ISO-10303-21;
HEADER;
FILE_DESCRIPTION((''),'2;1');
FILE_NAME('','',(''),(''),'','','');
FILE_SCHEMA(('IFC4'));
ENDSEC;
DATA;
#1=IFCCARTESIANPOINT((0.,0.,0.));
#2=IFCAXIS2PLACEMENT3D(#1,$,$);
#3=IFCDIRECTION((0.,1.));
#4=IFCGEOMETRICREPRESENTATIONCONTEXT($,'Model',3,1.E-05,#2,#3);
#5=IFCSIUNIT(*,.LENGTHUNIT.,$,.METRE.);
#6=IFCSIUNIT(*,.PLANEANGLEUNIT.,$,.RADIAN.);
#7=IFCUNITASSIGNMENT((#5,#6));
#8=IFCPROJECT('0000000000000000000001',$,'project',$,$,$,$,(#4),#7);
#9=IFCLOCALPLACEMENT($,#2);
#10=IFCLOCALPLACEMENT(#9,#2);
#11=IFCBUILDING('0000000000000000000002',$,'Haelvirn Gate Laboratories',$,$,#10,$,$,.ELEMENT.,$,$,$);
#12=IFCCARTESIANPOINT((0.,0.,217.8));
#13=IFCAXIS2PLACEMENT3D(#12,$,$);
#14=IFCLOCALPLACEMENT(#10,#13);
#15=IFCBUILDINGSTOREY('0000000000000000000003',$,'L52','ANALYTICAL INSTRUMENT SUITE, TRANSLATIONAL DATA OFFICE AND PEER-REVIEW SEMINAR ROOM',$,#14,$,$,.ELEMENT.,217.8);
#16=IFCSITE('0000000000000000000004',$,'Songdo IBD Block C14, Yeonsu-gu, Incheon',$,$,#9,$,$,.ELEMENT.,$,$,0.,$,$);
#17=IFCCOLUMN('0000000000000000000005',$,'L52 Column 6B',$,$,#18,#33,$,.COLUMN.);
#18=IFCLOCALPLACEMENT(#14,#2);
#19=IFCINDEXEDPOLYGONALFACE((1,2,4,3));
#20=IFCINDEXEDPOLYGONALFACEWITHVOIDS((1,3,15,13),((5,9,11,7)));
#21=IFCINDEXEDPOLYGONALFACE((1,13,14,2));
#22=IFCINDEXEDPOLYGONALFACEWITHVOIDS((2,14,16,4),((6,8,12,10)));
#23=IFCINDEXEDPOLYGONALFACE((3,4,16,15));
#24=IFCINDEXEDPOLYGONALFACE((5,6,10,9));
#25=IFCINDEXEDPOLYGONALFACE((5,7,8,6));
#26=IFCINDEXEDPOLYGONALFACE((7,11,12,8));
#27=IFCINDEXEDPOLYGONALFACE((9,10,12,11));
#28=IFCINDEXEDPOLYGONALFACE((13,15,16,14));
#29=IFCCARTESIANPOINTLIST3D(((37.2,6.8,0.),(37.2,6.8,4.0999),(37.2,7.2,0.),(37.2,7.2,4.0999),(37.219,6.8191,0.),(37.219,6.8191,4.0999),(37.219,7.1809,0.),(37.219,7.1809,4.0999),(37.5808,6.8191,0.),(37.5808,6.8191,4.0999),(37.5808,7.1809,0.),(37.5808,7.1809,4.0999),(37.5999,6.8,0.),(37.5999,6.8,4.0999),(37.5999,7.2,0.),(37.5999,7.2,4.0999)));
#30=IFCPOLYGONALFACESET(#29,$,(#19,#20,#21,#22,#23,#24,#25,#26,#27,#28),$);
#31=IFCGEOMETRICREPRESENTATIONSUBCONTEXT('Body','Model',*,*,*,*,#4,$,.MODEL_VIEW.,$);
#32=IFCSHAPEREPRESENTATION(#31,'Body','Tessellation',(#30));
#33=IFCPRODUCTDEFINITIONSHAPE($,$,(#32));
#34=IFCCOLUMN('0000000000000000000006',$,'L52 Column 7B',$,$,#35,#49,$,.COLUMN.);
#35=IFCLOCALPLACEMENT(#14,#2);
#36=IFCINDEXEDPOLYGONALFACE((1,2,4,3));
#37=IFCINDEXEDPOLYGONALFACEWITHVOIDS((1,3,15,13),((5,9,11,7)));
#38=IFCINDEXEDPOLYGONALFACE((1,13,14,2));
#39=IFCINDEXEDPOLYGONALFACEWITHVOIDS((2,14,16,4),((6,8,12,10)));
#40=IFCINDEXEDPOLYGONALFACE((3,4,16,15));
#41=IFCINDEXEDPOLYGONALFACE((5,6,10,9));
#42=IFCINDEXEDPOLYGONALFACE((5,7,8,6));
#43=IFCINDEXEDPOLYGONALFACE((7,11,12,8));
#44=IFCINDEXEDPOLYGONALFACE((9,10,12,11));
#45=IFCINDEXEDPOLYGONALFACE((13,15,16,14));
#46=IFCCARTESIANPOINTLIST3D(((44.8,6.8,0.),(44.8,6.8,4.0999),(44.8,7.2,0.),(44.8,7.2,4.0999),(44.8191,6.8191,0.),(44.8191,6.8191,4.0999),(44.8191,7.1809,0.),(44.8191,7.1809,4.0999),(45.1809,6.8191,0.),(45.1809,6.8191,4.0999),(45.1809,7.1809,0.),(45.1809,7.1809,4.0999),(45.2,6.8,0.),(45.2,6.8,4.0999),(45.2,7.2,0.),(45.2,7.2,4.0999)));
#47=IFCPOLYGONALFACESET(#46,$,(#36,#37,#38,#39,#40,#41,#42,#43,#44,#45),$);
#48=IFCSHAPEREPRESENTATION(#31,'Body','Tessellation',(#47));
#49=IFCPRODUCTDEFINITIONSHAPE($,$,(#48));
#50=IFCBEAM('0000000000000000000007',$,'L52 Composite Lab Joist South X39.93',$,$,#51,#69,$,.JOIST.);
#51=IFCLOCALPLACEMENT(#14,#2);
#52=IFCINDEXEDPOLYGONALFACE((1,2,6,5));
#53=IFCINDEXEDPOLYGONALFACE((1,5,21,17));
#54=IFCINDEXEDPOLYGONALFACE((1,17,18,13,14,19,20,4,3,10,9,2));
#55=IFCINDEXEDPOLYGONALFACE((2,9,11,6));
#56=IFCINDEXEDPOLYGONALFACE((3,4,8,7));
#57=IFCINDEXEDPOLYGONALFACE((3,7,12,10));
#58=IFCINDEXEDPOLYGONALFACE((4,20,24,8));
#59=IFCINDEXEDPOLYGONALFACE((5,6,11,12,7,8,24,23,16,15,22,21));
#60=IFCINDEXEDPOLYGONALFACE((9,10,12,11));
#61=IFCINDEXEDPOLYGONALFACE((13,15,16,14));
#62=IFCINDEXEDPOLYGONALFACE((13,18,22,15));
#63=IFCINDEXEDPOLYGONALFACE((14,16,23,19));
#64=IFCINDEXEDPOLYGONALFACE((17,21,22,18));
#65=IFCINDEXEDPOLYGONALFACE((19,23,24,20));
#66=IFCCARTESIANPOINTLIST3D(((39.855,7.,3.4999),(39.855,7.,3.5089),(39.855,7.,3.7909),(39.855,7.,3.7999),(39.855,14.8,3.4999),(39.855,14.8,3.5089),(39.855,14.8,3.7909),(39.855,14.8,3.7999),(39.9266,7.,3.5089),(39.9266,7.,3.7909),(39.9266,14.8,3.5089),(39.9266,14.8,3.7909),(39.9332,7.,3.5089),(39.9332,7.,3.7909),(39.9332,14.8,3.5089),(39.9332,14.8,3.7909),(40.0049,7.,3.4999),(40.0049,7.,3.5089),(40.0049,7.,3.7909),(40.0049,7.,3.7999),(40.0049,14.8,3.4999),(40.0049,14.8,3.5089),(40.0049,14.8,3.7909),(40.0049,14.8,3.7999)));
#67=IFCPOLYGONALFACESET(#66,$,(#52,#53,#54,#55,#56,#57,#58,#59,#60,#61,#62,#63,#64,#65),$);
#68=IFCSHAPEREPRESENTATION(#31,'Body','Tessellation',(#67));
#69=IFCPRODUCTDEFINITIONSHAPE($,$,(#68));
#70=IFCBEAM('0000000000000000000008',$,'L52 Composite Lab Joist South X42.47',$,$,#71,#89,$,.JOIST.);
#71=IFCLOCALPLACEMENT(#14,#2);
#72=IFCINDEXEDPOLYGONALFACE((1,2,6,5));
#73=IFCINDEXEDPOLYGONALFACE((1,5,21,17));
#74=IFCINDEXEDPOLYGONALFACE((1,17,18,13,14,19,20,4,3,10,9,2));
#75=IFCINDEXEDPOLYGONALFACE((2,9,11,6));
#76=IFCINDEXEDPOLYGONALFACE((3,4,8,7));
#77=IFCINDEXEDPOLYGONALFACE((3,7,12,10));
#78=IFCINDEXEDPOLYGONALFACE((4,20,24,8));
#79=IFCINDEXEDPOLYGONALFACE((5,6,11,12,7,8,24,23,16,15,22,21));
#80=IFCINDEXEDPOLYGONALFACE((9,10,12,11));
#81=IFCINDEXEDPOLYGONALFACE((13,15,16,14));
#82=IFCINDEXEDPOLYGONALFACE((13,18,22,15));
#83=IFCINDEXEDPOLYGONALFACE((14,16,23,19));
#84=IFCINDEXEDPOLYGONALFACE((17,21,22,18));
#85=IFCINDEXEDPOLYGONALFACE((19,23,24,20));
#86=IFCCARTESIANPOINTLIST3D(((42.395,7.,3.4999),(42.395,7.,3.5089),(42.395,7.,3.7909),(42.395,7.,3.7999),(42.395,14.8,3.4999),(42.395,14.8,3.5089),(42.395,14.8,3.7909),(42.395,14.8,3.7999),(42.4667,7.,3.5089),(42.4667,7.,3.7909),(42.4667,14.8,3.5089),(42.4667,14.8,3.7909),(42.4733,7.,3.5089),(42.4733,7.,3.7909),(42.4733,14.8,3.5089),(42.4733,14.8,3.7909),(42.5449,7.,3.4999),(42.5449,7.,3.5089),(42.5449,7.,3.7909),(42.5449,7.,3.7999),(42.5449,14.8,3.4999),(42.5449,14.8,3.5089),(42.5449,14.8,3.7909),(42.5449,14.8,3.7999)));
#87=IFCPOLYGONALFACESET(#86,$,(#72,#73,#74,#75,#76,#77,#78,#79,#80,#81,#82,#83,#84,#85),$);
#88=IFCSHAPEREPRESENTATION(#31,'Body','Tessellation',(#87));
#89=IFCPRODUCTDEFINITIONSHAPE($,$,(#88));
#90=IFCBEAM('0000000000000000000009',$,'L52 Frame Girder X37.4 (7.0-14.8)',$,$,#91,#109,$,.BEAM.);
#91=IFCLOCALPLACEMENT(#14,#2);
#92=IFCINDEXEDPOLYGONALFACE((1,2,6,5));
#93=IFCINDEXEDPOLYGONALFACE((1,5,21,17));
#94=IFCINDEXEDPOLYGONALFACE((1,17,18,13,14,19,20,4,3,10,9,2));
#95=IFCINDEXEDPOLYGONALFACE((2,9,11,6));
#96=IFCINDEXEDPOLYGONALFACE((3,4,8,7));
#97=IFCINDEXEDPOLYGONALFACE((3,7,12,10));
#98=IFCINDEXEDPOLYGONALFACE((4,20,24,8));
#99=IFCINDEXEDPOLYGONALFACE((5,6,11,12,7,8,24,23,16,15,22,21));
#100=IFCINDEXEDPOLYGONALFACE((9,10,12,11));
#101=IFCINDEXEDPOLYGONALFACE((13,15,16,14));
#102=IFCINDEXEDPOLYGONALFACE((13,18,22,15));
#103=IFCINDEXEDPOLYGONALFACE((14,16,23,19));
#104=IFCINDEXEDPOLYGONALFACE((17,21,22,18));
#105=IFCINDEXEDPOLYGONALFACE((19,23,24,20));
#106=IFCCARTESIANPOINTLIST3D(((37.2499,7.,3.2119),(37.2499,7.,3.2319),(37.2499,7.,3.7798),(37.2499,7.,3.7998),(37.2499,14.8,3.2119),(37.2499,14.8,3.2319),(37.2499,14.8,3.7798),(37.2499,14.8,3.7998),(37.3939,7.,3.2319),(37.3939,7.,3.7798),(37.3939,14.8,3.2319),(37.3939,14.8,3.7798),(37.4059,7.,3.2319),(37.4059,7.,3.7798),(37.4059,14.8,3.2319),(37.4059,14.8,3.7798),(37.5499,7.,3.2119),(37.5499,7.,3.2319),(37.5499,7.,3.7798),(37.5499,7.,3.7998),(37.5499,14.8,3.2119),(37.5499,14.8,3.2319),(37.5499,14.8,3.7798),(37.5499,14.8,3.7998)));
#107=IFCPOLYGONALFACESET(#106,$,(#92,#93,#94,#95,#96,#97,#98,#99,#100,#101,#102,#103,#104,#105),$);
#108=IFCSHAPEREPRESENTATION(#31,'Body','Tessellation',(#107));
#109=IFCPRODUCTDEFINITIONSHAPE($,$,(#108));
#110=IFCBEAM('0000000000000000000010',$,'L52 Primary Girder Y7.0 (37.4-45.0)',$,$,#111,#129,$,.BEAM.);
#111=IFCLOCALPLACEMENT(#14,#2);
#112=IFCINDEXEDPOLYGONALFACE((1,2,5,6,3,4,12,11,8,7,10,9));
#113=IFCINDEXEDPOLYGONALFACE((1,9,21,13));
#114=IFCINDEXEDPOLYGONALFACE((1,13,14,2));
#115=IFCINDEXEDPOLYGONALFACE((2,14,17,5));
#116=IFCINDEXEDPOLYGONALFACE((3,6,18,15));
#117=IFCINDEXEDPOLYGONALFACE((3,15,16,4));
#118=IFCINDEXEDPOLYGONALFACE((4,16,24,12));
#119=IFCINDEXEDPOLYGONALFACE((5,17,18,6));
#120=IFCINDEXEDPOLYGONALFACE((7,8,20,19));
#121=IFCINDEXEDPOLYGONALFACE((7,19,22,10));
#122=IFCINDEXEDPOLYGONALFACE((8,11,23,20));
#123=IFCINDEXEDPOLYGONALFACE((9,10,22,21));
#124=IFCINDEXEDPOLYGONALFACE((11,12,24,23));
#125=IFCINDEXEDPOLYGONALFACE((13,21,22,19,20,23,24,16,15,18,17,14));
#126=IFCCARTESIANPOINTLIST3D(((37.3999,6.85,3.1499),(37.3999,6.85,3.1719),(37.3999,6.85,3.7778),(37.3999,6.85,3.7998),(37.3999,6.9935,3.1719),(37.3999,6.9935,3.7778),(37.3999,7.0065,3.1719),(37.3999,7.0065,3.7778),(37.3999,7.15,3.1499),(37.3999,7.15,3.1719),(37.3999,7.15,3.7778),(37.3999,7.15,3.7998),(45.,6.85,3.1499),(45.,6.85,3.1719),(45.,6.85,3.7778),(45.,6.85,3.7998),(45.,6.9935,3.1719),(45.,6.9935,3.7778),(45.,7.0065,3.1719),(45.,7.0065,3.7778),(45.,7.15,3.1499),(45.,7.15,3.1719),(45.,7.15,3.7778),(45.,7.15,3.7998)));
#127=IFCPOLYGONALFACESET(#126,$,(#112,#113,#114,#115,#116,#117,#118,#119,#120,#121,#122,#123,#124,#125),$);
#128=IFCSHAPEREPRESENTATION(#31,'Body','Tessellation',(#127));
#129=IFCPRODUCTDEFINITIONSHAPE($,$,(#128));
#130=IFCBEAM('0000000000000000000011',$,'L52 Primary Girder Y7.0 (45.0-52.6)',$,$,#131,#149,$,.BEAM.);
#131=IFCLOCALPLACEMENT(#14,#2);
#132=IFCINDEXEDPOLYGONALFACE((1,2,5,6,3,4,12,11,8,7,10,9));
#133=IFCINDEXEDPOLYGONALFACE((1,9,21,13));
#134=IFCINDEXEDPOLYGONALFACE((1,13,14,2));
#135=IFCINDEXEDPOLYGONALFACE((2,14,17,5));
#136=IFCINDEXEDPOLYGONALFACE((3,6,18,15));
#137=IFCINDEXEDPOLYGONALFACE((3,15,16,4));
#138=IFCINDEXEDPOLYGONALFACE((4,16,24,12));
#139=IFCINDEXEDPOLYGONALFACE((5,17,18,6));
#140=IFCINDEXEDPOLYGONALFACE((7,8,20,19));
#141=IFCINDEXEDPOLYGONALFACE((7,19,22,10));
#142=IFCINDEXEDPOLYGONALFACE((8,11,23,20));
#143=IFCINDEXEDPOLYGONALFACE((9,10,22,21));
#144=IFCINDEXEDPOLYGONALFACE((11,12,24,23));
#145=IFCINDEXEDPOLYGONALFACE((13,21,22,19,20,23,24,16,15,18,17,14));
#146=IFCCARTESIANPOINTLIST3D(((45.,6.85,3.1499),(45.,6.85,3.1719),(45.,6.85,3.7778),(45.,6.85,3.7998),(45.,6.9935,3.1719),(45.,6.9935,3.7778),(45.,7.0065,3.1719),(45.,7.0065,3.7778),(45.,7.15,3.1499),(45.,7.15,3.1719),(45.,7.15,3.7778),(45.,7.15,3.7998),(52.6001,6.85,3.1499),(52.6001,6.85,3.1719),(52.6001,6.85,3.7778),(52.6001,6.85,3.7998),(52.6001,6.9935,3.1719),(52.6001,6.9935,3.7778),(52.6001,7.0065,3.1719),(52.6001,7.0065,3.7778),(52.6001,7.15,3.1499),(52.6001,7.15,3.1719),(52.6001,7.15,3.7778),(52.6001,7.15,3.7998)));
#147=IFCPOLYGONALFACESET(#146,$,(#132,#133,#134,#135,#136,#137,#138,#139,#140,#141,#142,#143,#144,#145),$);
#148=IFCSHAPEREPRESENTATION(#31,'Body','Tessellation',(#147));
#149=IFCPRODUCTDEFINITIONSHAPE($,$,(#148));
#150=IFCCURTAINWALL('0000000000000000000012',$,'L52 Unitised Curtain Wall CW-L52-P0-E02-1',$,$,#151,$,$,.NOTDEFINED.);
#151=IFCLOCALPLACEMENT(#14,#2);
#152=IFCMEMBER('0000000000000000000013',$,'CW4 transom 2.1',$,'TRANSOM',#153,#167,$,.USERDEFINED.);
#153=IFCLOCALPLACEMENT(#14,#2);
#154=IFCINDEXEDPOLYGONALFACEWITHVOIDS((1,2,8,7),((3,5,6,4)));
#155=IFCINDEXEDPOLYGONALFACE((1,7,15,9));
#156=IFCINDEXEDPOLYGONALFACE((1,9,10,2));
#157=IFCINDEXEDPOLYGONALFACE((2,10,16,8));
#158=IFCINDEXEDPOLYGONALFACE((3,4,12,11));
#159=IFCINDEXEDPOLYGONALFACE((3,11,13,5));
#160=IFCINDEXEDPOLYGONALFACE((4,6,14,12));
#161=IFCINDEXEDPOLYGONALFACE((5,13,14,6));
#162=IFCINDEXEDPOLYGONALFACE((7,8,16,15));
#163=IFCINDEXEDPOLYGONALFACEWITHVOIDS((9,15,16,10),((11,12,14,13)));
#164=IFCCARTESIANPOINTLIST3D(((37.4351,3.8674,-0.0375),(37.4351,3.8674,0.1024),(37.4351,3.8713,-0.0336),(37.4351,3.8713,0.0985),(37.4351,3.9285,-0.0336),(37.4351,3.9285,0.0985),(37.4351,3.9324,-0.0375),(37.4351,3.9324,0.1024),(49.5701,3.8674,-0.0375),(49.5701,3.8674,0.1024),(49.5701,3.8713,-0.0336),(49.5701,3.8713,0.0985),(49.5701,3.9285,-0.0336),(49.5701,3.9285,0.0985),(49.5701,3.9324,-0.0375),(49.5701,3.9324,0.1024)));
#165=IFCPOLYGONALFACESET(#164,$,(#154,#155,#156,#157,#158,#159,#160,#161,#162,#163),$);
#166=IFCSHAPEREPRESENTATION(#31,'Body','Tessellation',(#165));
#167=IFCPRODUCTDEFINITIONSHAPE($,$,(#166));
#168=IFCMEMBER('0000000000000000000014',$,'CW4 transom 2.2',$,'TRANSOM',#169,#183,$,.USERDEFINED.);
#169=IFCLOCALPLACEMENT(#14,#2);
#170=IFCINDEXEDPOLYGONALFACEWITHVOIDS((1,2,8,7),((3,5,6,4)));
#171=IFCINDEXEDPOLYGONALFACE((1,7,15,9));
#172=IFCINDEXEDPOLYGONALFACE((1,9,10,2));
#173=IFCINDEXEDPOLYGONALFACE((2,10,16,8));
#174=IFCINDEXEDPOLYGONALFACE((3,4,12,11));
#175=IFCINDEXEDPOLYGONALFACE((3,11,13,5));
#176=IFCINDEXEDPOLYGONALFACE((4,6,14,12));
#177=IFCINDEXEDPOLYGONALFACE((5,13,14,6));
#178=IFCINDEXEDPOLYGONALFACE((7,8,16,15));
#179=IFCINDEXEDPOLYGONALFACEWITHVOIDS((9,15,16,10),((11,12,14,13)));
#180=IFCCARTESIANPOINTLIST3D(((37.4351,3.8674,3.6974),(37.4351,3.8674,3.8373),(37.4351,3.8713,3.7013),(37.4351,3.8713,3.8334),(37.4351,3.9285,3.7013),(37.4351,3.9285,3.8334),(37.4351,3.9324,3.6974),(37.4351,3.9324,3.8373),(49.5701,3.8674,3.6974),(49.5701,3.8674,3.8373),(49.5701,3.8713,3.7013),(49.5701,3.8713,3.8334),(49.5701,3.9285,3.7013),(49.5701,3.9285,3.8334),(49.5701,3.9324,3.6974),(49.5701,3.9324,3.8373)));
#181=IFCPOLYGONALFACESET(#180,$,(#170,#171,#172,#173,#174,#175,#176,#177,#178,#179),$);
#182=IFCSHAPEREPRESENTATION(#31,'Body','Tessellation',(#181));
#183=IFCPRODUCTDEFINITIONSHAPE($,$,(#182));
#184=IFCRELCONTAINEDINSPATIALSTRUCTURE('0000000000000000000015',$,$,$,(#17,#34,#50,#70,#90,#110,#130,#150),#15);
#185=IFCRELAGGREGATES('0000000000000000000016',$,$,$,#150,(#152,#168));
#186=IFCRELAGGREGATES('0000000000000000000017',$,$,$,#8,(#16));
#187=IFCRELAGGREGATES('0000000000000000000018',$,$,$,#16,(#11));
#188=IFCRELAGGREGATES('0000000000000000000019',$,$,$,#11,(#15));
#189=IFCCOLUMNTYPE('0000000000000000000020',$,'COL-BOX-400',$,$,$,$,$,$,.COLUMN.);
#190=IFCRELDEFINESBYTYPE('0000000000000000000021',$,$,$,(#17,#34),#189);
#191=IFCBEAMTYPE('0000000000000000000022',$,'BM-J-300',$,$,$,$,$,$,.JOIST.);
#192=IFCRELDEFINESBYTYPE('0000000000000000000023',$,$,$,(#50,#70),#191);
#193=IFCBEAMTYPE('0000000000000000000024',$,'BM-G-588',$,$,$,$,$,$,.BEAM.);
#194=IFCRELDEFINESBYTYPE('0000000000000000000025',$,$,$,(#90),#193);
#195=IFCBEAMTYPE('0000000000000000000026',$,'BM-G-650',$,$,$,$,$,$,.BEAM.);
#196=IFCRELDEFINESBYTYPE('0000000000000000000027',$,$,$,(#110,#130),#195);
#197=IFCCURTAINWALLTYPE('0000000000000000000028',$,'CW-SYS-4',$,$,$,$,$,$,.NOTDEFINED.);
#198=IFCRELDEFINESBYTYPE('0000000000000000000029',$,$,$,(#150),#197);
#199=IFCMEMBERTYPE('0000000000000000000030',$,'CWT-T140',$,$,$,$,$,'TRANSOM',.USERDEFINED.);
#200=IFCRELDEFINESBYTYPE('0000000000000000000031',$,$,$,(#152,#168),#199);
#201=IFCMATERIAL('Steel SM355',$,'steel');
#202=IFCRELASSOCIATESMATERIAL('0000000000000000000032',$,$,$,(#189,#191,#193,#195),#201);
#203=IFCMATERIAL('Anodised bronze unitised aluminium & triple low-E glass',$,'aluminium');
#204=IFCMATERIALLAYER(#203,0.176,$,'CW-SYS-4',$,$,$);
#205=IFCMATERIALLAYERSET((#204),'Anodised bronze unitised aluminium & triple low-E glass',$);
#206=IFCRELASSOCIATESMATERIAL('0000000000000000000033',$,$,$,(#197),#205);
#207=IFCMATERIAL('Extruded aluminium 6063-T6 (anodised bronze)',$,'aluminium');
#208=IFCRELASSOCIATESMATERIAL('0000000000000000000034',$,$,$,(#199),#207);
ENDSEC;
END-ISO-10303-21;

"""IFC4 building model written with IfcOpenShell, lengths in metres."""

from ifc_helpers import new_model, si_unit, direction, frame, origin, origin_2d, place, context, subcontext, project, spatial, hollow_rectangle, i_section, extrude, source, transform, mapped, material, layer, layer_set, material_profile, profile_set, type_object, type_shapes, element, aggregate, save


model = new_model("IFC4")

# Units and contexts
model_context = context("Model", 3, precision=1e-05, world=origin(), true_north=direction((0.0, 1.0)))
body_context = subcontext(model_context, "Body", "Model", "MODEL_VIEW")
ifc_project = project(units=[si_unit("LENGTHUNIT", "METRE"), si_unit("PLANEANGLEUNIT", "RADIAN")], contexts=[model_context])

# Site, building, storey
site_placement = place(None, origin())
site = spatial("IfcSite", under=ifc_project, at=site_placement, Name="Songdo IBD Block C14, Yeonsu-gu, Incheon", CompositionType="ELEMENT", RefElevation=0.0)
building_placement = place(site_placement, origin())
building = spatial("IfcBuilding", under=site, at=building_placement, Name="Haelvirn Gate Laboratories", CompositionType="ELEMENT")
storey_placement = place(building_placement, frame((0.0, 0.0, 217.8)))
storey = spatial("IfcBuildingStorey", under=building, at=storey_placement, Name="L52", Description="ANALYTICAL INSTRUMENT SUITE, TRANSLATIONAL DATA OFFICE AND PEER-REVIEW SEMINAR ROOM", CompositionType="ELEMENT", Elevation=217.8)

# Columns
ifc_material_1 = material(Name="Steel SM355", Category="steel")
ifc_material_profile_1 = material_profile(ifc_material_1, hollow_rectangle(XDim=0.3999, YDim=0.3999, WallThickness=0.019, at=origin_2d()), Name="BOX-400x400x19")
ifc_profile_set_1 = profile_set([ifc_material_profile_1], Name="Steel SM355")
column_type = type_object("IfcColumnType", Name="COL-BOX-400", PredefinedType="COLUMN", material=ifc_profile_set_1)
shared_shape_1 = source(origin(), body_context, "Body", "SweptSolid", [
    extrude(hollow_rectangle(XDim=0.3999, YDim=0.3999, WallThickness=0.019, at=origin_2d()), origin(), (0.0, 0.0, 1.0), 4.0999),
])
type_shapes(column_type, [shared_shape_1])
for number, where, z_axis, x_axis, name in (
    (1, (37.3999, 7.0, 0.0), (0.0, 0.0, 1.0), (1.0, 0.0, 0.0), "L52 Column 6B"),
    (2, (45.0, 7.0, 0.0), (0.0, 0.0, 1.0), (1.0, 0.0, 0.0), "L52 Column 7B"),
):
    element("IfcColumn", number, at=place(storey_placement, frame(where, z_axis=z_axis, x_axis=x_axis)), inside=storey, type_object=column_type, Name=name, PredefinedType="COLUMN", context=body_context, shape_type="MappedRepresentation", body=[
        mapped(shared_shape_1, transform((0.0, 0.0, 0.0), scale=1.0)),
    ])

# Beams
ifc_material_profile_2 = material_profile(ifc_material_1, i_section(OverallWidth=0.1499, OverallDepth=0.3, WebThickness=0.0066, FlangeThickness=0.009, at=origin_2d()), Name="H-300x150x6.5x9")
ifc_profile_set_2 = profile_set([ifc_material_profile_2], Name="Steel SM355")
beam_type_1 = type_object("IfcBeamType", Name="BM-J-300", PredefinedType="JOIST", material=ifc_profile_set_2)
shared_shape_2 = source(origin(), body_context, "Body", "SweptSolid", [
    extrude(i_section(OverallWidth=0.1499, OverallDepth=0.3, WebThickness=0.0066, FlangeThickness=0.009, at=origin_2d()), origin(), (0.0, 0.0, 1.0), 7.8),
])
type_shapes(beam_type_1, [shared_shape_2])
for number, where, z_axis, x_axis, name in (
    (3, (39.9299, 7.0, 3.6499), (0.0, 1.0, 0.0), (-1.0, 0.0, 0.0), "L52 Composite Lab Joist South X39.93"),
    (4, (42.47, 7.0, 3.6499), (0.0, 1.0, 0.0), (-1.0, 0.0, 0.0), "L52 Composite Lab Joist South X42.47"),
):
    element("IfcBeam", number, at=place(storey_placement, frame(where, z_axis=z_axis, x_axis=x_axis)), inside=storey, type_object=beam_type_1, Name=name, PredefinedType="JOIST", context=body_context, shape_type="MappedRepresentation", body=[
        mapped(shared_shape_2, transform((0.0, 0.0, 0.0), scale=1.0)),
    ])
ifc_material_profile_3 = material_profile(ifc_material_1, i_section(OverallWidth=0.3, OverallDepth=0.5879, WebThickness=0.012, FlangeThickness=0.02, at=origin_2d()), Name="H-588x300x12x20")
ifc_profile_set_3 = profile_set([ifc_material_profile_3], Name="Steel SM355")
beam_type_2 = type_object("IfcBeamType", Name="BM-G-588", PredefinedType="BEAM", material=ifc_profile_set_3)
shared_shape_3 = source(origin(), body_context, "Body", "SweptSolid", [
    extrude(i_section(OverallWidth=0.3, OverallDepth=0.5879, WebThickness=0.012, FlangeThickness=0.02, at=origin_2d()), origin(), (0.0, 0.0, 1.0), 7.8),
])
type_shapes(beam_type_2, [shared_shape_3])
beam_placement = place(storey_placement, frame((37.3999, 7.0, 3.5059), z_axis=(0.0, 1.0, 0.0), x_axis=(-1.0, 0.0, 0.0)))
element("IfcBeam", 5, at=beam_placement, inside=storey, type_object=beam_type_2, Name="L52 Frame Girder X37.4 (7.0-14.8)", PredefinedType="BEAM", context=body_context, shape_type="MappedRepresentation", body=[
    mapped(shared_shape_3, transform((0.0, 0.0, 0.0), scale=1.0)),
])
ifc_material_profile_4 = material_profile(ifc_material_1, i_section(OverallWidth=0.3, OverallDepth=0.6499, WebThickness=0.0129, FlangeThickness=0.022, at=origin_2d()), Name="H-650x300x13x22")
ifc_profile_set_4 = profile_set([ifc_material_profile_4], Name="Steel SM355")
beam_type_3 = type_object("IfcBeamType", Name="BM-G-650", PredefinedType="BEAM", material=ifc_profile_set_4)
shared_shape_4 = source(origin(), body_context, "Body", "SweptSolid", [
    extrude(i_section(OverallWidth=0.3, OverallDepth=0.6499, WebThickness=0.0129, FlangeThickness=0.022, at=origin_2d()), origin(), (0.0, 0.0, 1.0), 7.6001),
])
type_shapes(beam_type_3, [shared_shape_4])
for number, where, z_axis, x_axis, name in (
    (6, (37.3999, 7.0, 3.4749), (1.0, 0.0, 0.0), (0.0, 1.0, 0.0), "L52 Primary Girder Y7.0 (37.4-45.0)"),
    (7, (45.0, 7.0, 3.4749), (1.0, 0.0, 0.0), (0.0, 1.0, 0.0), "L52 Primary Girder Y7.0 (45.0-52.6)"),
):
    element("IfcBeam", number, at=place(storey_placement, frame(where, z_axis=z_axis, x_axis=x_axis)), inside=storey, type_object=beam_type_3, Name=name, PredefinedType="BEAM", context=body_context, shape_type="MappedRepresentation", body=[
        mapped(shared_shape_4, transform((0.0, 0.0, 0.0), scale=1.0)),
    ])

# Curtain wall, members
ifc_material_2 = material(Name="Anodised bronze unitised aluminium & triple low-E glass", Category="aluminium")
ifc_layer_1 = layer(ifc_material_2, 0.176, Name="CW-SYS-4")
ifc_layer_set_1 = layer_set([ifc_layer_1], Name="Anodised bronze unitised aluminium & triple low-E glass")
curtain_wall_type = type_object("IfcCurtainWallType", Name="CW-SYS-4", PredefinedType="NOTDEFINED", material=ifc_layer_set_1)
curtain_wall_1_placement = place(storey_placement, origin())
curtain_wall_1 = element("IfcCurtainWall", 8, at=curtain_wall_1_placement, inside=storey, type_object=curtain_wall_type, Name="L52 Unitised Curtain Wall CW-L52-P0-E02-1", PredefinedType="NOTDEFINED")
ifc_material_3 = material(Name="Extruded aluminium 6063-T6 (anodised bronze)", Category="aluminium")
ifc_material_profile_5 = material_profile(ifc_material_3, hollow_rectangle(XDim=0.0649, YDim=0.1399, WallThickness=0.0039, at=origin_2d()), Name="CWT-140x65x4")
ifc_profile_set_5 = profile_set([ifc_material_profile_5], Name="Extruded aluminium 6063-T6 (anodised bronze)")
member_type_1 = type_object("IfcMemberType", Name="CWT-T140", ElementType="TRANSOM", PredefinedType="USERDEFINED", material=ifc_profile_set_5)
shared_shape_5 = source(origin(), body_context, "Body", "SweptSolid", [
    extrude(hollow_rectangle(XDim=0.0649, YDim=0.1399, WallThickness=0.0039, at=origin_2d()), origin(), (0.0, 0.0, 1.0), 12.135),
])
member_1_placement = place(storey_placement, frame((37.4351, 3.8999, 0.0325), z_axis=(1.0, 0.0, 0.0), x_axis=(0.0, 1.0, 0.0)))
member_1 = element("IfcMember", 9, at=member_1_placement, type_object=member_type_1, Name="CW4 transom 2.1", ObjectType="TRANSOM", PredefinedType="USERDEFINED", context=body_context, shape_type="MappedRepresentation", body=[
    mapped(shared_shape_5, transform((0.0, 0.0, 0.0), scale=1.0)),
])
member_2_placement = place(storey_placement, frame((37.4351, 3.8999, 3.7673), z_axis=(1.0, 0.0, 0.0), x_axis=(0.0, 1.0, 0.0)))
member_2 = element("IfcMember", 10, at=member_2_placement, type_object=member_type_1, Name="CW4 transom 2.2", ObjectType="TRANSOM", PredefinedType="USERDEFINED", context=body_context, shape_type="MappedRepresentation", body=[
    mapped(shared_shape_5, transform((0.0, 0.0, 0.0), scale=1.0)),
])

aggregate(curtain_wall_1, [member_1, member_2])

save(model, "model.ifc")
